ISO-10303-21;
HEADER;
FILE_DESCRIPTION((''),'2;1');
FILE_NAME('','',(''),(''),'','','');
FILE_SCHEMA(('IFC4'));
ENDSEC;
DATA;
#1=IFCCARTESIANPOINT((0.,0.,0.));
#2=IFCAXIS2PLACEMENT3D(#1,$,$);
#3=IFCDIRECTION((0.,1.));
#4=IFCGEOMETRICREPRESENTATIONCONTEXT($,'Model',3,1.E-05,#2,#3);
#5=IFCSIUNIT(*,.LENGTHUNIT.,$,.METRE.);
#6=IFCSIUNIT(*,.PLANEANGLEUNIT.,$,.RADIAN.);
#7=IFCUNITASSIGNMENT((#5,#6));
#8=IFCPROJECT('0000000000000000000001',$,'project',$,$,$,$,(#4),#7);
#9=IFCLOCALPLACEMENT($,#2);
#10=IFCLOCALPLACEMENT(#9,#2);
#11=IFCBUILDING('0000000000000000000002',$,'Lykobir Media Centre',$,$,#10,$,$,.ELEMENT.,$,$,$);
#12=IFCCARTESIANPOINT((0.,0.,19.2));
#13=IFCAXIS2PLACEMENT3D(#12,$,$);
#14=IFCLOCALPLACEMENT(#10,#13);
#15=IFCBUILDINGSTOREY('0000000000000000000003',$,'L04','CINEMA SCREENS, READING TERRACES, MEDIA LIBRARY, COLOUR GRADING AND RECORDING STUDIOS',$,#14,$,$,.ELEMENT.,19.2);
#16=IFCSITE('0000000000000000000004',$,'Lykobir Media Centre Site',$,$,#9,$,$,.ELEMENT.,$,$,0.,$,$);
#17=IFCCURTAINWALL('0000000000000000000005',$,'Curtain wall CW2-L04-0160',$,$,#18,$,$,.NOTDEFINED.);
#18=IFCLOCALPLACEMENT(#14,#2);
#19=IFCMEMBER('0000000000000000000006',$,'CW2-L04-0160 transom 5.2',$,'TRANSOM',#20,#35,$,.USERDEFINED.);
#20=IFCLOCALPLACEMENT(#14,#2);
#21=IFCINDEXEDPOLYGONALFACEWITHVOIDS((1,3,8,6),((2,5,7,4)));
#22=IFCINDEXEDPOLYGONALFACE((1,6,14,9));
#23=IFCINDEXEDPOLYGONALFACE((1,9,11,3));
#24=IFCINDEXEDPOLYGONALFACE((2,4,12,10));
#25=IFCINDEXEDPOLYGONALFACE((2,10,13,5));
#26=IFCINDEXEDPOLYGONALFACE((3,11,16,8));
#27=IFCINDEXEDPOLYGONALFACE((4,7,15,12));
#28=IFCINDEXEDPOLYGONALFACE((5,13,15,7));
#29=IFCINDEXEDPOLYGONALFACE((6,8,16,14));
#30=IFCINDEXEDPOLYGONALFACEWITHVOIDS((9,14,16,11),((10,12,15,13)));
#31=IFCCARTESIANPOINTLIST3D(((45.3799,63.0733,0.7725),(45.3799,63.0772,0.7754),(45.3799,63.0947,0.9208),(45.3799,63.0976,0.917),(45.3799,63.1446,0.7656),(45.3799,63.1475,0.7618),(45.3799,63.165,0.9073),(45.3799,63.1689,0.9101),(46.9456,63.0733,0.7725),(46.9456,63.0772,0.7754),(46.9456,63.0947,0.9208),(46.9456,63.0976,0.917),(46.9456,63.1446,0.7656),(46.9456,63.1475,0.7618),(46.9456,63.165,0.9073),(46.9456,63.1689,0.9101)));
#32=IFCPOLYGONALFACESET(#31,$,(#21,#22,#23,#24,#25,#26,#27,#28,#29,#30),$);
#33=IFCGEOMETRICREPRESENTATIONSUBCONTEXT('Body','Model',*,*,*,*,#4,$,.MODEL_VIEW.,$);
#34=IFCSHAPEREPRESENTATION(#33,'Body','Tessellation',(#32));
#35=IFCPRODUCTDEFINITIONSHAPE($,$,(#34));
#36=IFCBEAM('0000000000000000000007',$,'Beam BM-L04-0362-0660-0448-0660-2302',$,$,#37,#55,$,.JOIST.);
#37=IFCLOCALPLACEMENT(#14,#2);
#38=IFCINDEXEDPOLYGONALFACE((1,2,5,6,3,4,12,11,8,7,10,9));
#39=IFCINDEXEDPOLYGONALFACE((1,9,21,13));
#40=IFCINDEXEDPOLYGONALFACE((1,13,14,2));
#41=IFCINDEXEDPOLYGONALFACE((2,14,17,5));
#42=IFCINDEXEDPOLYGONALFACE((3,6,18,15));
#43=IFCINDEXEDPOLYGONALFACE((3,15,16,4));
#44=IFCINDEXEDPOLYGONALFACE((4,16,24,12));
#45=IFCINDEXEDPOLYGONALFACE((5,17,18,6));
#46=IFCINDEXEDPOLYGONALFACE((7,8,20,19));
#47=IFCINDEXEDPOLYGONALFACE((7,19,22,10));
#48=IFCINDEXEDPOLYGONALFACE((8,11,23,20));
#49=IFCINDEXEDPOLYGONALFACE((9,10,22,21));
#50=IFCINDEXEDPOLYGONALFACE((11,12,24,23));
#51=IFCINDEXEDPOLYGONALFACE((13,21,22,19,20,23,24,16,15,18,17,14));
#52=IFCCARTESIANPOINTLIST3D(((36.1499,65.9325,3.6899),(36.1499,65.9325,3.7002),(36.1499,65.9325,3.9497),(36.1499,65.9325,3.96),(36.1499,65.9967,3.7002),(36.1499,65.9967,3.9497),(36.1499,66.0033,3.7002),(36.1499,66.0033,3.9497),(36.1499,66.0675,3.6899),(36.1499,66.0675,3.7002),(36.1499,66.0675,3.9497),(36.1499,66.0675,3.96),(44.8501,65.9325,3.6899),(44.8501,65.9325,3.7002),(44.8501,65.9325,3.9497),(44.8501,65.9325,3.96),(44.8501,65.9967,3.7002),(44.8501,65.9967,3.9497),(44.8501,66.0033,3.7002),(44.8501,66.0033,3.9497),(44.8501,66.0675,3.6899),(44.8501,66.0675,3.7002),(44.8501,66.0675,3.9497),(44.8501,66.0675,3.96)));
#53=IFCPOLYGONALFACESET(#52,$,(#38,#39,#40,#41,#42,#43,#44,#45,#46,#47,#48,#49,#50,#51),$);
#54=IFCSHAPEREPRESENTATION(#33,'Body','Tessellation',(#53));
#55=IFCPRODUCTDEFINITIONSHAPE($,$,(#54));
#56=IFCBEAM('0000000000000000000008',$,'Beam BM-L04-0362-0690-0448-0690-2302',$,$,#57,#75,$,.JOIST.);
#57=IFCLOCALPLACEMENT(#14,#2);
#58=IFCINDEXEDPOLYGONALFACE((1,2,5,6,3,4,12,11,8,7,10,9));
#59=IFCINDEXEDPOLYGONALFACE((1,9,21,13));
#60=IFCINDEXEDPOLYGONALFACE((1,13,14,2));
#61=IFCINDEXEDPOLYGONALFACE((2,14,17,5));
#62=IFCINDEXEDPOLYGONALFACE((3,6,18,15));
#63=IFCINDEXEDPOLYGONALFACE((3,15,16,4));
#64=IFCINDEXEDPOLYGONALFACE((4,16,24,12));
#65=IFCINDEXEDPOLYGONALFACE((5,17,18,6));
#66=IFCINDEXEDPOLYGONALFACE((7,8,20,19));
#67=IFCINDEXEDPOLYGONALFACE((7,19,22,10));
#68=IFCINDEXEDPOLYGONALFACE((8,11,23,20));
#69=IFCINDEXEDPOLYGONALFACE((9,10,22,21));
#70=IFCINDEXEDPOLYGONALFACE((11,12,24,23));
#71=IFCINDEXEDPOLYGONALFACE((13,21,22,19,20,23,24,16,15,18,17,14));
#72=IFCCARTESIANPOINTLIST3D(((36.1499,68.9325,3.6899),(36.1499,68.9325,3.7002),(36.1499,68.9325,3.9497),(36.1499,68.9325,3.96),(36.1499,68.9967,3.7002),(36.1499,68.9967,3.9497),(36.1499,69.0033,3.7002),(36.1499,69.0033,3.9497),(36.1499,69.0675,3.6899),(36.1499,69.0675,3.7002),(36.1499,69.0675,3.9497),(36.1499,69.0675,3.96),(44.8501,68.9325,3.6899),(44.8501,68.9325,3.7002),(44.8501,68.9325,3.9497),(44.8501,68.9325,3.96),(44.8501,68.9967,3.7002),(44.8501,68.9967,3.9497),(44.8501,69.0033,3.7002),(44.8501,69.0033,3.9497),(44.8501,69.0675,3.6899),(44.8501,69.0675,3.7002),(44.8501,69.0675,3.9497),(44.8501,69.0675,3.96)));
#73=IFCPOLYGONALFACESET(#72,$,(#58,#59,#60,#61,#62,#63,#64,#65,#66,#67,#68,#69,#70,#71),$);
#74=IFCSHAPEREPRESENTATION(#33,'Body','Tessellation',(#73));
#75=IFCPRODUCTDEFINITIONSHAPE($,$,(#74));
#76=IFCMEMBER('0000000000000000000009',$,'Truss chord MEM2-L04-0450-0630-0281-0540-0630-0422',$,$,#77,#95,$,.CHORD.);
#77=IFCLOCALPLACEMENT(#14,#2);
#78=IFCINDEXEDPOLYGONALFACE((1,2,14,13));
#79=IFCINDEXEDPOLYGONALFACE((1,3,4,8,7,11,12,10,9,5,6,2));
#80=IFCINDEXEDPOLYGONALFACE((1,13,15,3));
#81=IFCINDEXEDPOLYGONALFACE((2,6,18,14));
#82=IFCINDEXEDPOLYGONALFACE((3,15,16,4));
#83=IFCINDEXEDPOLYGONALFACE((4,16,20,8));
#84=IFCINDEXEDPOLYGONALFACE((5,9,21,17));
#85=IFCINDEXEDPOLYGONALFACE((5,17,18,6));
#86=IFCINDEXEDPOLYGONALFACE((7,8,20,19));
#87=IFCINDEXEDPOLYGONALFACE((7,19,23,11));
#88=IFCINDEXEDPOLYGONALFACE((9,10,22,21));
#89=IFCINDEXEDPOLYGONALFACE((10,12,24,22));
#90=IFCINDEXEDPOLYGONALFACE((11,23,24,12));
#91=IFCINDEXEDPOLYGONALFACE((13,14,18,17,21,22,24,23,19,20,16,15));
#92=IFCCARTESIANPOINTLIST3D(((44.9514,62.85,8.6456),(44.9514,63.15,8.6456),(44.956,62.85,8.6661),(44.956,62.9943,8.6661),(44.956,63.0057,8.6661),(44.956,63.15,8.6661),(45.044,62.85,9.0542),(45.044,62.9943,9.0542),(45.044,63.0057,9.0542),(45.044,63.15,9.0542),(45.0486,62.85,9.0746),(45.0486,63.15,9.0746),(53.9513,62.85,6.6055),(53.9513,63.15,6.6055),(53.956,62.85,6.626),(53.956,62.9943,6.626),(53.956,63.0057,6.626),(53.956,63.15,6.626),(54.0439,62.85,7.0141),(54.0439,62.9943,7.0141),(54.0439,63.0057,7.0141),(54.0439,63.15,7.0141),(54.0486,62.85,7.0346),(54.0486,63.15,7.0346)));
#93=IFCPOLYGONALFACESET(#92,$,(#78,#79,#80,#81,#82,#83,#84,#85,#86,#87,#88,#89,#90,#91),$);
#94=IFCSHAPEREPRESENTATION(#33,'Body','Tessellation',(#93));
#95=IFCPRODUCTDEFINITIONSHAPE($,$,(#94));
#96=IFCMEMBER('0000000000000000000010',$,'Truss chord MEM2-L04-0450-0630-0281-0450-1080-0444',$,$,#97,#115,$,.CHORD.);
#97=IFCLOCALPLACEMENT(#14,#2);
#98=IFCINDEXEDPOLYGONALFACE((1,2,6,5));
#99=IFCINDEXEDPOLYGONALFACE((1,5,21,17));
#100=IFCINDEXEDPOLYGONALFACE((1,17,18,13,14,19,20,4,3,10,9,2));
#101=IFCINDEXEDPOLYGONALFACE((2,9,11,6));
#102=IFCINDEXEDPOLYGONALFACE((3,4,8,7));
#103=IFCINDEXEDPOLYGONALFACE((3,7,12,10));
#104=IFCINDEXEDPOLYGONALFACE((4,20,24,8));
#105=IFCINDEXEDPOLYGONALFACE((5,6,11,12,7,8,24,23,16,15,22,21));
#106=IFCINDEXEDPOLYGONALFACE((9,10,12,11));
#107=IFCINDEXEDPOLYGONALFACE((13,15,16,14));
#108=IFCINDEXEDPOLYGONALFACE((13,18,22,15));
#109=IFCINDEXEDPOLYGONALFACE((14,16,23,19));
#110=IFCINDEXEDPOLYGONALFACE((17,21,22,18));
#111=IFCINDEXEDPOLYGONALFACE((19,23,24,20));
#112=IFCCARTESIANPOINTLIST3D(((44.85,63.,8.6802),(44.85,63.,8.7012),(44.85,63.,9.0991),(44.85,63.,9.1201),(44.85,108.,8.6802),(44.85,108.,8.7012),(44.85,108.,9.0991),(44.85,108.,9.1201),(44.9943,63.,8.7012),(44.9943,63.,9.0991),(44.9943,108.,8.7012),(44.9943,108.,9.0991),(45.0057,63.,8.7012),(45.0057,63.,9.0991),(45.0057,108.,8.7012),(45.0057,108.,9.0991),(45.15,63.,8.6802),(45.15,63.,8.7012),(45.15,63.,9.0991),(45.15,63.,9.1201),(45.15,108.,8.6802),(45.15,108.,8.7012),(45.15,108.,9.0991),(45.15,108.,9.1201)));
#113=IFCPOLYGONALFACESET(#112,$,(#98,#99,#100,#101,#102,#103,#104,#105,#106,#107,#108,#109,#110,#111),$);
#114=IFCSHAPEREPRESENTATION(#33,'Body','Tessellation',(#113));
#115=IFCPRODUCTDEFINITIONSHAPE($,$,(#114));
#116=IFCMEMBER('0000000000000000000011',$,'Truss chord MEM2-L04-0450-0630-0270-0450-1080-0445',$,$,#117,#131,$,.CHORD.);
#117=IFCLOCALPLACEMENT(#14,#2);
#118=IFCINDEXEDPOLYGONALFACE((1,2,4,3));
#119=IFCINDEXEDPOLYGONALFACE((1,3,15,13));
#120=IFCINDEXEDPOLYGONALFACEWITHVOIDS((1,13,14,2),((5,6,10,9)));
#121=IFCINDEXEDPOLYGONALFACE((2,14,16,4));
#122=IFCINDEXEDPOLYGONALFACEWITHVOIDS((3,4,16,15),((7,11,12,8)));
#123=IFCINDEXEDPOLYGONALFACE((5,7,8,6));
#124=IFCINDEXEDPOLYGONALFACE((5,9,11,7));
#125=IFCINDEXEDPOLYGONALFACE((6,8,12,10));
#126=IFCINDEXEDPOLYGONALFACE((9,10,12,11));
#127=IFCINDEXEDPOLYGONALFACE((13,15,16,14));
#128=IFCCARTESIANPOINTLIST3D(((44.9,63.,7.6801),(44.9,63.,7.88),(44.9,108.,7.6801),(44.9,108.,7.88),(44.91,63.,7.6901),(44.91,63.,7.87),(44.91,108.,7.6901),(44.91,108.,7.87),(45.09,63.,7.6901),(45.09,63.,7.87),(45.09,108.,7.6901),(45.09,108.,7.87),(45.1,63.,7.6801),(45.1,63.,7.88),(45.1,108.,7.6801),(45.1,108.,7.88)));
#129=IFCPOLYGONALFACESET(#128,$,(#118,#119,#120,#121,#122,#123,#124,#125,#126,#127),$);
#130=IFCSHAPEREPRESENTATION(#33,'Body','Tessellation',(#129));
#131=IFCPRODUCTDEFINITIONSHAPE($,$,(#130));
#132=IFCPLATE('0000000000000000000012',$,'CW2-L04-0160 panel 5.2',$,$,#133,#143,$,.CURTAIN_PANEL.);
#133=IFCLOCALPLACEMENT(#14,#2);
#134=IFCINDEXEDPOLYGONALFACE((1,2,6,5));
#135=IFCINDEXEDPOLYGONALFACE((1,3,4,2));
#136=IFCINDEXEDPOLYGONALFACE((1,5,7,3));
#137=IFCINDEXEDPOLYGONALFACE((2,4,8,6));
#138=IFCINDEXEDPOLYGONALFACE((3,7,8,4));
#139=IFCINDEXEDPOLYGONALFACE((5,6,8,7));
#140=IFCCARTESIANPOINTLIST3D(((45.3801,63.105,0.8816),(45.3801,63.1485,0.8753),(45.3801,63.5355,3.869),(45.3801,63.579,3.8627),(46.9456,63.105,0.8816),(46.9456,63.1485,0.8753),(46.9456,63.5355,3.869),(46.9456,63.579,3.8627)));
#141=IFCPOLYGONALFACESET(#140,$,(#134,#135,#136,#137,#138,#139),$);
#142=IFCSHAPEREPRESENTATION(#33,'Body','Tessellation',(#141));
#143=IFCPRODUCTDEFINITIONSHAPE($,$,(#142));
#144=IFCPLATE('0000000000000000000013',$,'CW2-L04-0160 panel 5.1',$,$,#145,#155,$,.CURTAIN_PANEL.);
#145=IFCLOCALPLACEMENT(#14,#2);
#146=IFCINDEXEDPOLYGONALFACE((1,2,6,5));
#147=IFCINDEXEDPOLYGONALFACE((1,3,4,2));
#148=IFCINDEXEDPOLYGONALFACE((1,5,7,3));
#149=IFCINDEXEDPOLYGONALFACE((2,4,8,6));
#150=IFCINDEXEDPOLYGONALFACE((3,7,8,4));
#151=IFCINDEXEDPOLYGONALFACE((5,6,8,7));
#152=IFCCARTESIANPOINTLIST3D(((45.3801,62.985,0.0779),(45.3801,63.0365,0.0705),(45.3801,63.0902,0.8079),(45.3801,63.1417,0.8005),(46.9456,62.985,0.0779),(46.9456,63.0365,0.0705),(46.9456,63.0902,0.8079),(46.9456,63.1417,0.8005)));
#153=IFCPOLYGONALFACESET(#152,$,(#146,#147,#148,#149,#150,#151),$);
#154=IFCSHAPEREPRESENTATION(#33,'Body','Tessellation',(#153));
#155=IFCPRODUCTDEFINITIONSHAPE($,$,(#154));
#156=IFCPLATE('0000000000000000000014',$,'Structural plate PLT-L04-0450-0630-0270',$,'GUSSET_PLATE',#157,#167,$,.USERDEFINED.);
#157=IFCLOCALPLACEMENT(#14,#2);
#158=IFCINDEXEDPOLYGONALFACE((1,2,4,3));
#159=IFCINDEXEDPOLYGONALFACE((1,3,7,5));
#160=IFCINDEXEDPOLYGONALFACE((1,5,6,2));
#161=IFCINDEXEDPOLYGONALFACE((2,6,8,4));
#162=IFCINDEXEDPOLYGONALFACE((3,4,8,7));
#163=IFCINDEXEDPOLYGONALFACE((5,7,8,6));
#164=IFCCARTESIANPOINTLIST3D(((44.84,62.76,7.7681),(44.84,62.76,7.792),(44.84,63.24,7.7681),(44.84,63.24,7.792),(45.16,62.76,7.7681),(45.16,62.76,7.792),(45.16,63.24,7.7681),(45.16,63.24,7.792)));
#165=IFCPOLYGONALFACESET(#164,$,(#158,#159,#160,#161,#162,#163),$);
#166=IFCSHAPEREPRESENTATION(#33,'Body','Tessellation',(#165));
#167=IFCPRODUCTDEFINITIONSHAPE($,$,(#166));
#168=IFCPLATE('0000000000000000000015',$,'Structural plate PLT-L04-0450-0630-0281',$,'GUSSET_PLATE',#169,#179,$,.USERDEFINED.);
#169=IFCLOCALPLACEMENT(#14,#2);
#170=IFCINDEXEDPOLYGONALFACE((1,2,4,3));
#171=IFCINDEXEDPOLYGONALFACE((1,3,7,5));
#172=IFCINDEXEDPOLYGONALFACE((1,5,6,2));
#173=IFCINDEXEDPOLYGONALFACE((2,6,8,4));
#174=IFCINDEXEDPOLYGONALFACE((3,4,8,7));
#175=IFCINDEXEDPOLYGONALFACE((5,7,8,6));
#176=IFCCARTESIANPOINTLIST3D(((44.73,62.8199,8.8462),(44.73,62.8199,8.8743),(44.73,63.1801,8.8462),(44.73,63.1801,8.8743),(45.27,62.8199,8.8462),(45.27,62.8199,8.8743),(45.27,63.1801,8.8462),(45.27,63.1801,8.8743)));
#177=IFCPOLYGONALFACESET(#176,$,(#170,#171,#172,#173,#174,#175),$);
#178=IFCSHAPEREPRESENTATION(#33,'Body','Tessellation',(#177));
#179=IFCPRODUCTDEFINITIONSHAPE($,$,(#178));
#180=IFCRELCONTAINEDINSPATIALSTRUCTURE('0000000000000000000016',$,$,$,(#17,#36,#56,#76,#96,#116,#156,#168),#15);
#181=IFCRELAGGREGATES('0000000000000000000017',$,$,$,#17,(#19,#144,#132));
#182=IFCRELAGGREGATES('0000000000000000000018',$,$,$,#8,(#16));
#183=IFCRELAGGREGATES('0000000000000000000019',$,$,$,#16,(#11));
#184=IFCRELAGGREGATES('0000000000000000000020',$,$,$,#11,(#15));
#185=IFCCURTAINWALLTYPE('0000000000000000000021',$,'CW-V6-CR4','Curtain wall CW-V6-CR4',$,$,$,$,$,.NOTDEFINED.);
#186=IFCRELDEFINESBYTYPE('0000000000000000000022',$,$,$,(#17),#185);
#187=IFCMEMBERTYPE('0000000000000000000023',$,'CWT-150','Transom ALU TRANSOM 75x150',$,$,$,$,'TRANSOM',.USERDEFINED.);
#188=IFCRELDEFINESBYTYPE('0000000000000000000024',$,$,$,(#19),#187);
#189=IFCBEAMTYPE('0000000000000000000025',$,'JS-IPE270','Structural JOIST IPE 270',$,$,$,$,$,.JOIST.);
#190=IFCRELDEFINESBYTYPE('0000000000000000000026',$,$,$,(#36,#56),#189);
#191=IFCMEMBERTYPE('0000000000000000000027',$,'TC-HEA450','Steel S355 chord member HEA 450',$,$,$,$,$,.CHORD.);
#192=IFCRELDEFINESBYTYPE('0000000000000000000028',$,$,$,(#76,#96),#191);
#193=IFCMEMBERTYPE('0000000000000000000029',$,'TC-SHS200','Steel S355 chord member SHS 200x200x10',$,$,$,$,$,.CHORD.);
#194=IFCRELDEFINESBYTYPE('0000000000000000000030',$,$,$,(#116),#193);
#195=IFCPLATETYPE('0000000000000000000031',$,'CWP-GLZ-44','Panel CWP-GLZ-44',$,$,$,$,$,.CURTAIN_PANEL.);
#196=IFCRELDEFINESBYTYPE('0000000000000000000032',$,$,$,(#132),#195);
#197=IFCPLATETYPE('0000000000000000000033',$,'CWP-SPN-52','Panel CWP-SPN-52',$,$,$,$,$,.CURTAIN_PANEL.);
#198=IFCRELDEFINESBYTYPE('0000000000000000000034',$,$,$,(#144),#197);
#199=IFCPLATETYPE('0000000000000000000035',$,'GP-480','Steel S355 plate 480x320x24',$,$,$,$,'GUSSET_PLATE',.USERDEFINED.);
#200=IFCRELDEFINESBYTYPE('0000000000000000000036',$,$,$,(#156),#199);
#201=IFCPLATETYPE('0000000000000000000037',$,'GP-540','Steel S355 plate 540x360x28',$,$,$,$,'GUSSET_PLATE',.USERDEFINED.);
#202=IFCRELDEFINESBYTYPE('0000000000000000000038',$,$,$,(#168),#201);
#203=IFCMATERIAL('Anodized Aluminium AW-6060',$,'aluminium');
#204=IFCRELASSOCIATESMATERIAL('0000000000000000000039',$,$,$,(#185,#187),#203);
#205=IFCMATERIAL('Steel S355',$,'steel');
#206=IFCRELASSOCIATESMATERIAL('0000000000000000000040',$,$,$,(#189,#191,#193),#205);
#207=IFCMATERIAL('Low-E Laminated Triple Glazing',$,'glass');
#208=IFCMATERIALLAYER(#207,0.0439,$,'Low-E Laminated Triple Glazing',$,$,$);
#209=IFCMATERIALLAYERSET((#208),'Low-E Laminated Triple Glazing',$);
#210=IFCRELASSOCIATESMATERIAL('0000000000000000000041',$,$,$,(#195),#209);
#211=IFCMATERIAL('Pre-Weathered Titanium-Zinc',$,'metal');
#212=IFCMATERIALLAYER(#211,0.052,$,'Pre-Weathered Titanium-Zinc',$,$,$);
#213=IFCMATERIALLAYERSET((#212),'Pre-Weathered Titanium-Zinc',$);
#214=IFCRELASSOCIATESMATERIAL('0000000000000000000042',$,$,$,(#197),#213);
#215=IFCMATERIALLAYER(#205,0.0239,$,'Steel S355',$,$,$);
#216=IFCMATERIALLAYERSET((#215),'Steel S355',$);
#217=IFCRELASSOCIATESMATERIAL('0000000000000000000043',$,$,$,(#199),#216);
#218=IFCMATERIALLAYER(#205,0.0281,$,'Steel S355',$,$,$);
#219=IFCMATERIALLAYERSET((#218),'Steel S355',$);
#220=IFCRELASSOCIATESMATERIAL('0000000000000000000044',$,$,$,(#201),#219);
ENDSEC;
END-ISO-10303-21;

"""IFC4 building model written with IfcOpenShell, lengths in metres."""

from ifc_helpers import new_model, si_unit, direction, frame, origin, origin_2d, place, context, subcontext, project, spatial, rectangle, hollow_rectangle, i_section, extrude, material, layer, layer_set, material_profile, profile_set, type_object, element, aggregate, save


model = new_model("IFC4")

# Units and contexts
model_context = context("Model", 3, precision=1e-05, world=origin(), true_north=direction((0.0, 1.0)))
body_context = subcontext(model_context, "Body", "Model", "MODEL_VIEW")
ifc_project = project(units=[si_unit("LENGTHUNIT", "METRE"), si_unit("PLANEANGLEUNIT", "RADIAN")], contexts=[model_context])

# Site, building, storey
site_placement = place(None, origin())
site = spatial("IfcSite", under=ifc_project, at=site_placement, Name="Lykobir Media Centre Site", CompositionType="ELEMENT", RefElevation=0.0)
building_placement = place(site_placement, origin())
building = spatial("IfcBuilding", under=site, at=building_placement, Name="Lykobir Media Centre", CompositionType="ELEMENT")
storey_placement = place(building_placement, frame((0.0, 0.0, 19.2)))
storey = spatial("IfcBuildingStorey", under=building, at=storey_placement, Name="L04", Description="CINEMA SCREENS, READING TERRACES, MEDIA LIBRARY, COLOUR GRADING AND RECORDING STUDIOS", CompositionType="ELEMENT", Elevation=19.2)

# Shared definitions
ifc_material_1 = material(Name="Steel S355", Category="steel")

# Curtain wall, member
ifc_material_2 = material(Name="Anodized Aluminium AW-6060", Category="aluminium")
curtain_wall_type = type_object("IfcCurtainWallType", Name="CW-V6-CR4", Description="Curtain wall CW-V6-CR4", PredefinedType="NOTDEFINED", material=ifc_material_2)
curtain_wall_placement = place(storey_placement, origin())
curtain_wall = element("IfcCurtainWall", 1, at=curtain_wall_placement, inside=storey, type_object=curtain_wall_type, Name="Curtain wall CW2-L04-0160", PredefinedType="NOTDEFINED")
ifc_material_profile_1 = material_profile(ifc_material_2, hollow_rectangle(XDim=0.075, YDim=0.1499, WallThickness=0.0034, at=origin_2d()), Name="ALU TRANSOM 75x150")
ifc_profile_set_1 = profile_set([ifc_material_profile_1], Name="Anodized Aluminium AW-6060")
member_type_1 = type_object("IfcMemberType", Name="CWT-150", Description="Transom ALU TRANSOM 75x150", ElementType="TRANSOM", PredefinedType="USERDEFINED", material=ifc_profile_set_1)
member_1_placement = place(storey_placement, frame((46.9456, 63.1211, 0.8413), z_axis=(-1.0, 0.0, 0.0), x_axis=(0.0, -0.989776, 0.142629)))
member_1 = element("IfcMember", 2, at=member_1_placement, type_object=member_type_1, Name="CW2-L04-0160 transom 5.2", ObjectType="TRANSOM", PredefinedType="USERDEFINED", context=body_context, shape_type="SweptSolid", body=[
    extrude(hollow_rectangle(XDim=0.075, YDim=0.1499, WallThickness=0.0034, at=origin_2d()), origin(), (0.0, 0.0, 1.0), 1.5657),
])

# Beams
ifc_material_profile_2 = material_profile(ifc_material_1, i_section(OverallWidth=0.135, OverallDepth=0.27, WebThickness=0.0066, FlangeThickness=0.0103, at=origin_2d()), Name="IPE 270")
ifc_profile_set_2 = profile_set([ifc_material_profile_2], Name="Steel S355")
beam_type_1 = type_object("IfcBeamType", Name="JS-IPE270", Description="Structural JOIST IPE 270", PredefinedType="JOIST", material=ifc_profile_set_2)
for number, where, z_axis, x_axis, name in (
    (3, (36.1499, 66.0, 3.825), (1.0, 0.0, 0.0), (0.0, 1.0, 0.0), "Beam BM-L04-0362-0660-0448-0660-2302"),
    (4, (36.1499, 69.0, 3.825), (1.0, 0.0, 0.0), (0.0, 1.0, 0.0), "Beam BM-L04-0362-0690-0448-0690-2302"),
):
    element("IfcBeam", number, at=place(storey_placement, frame(where, z_axis=z_axis, x_axis=x_axis)), inside=storey, type_object=beam_type_1, Name=name, PredefinedType="JOIST", context=body_context, shape_type="SweptSolid", body=[
        extrude(i_section(OverallWidth=0.135, OverallDepth=0.27, WebThickness=0.0066, FlangeThickness=0.0103, at=origin_2d()), origin(), (0.0, 0.0, 1.0), 8.7002),
    ])

# Members
ifc_material_profile_3 = material_profile(ifc_material_1, i_section(OverallWidth=0.3, OverallDepth=0.4399, WebThickness=0.0115, FlangeThickness=0.021, at=origin_2d()), Name="HEA 450")
ifc_profile_set_3 = profile_set([ifc_material_profile_3], Name="Steel S355")
member_type_2 = type_object("IfcMemberType", Name="TC-HEA450", Description="Steel S355 chord member HEA 450", PredefinedType="CHORD", material=ifc_profile_set_3)
member_2_placement = place(storey_placement, frame((45.0, 63.0, 8.8601), z_axis=(0.97526, 0.0, -0.221063), x_axis=(0.0, 1.0, 0.0)))
element("IfcMember", 5, at=member_2_placement, inside=storey, type_object=member_type_2, Name="Truss chord MEM2-L04-0450-0630-0281-0540-0630-0422", PredefinedType="CHORD", context=body_context, shape_type="SweptSolid", body=[
    extrude(i_section(OverallWidth=0.3, OverallDepth=0.4399, WebThickness=0.0115, FlangeThickness=0.021, at=origin_2d()), origin(), (0.0, 0.0, 1.0), 9.2283),
])
member_3_placement = place(storey_placement, frame((45.0, 63.0, 8.9001), z_axis=(0.0, 1.0, 0.0), x_axis=(-1.0, 0.0, 0.0)))
element("IfcMember", 6, at=member_3_placement, inside=storey, type_object=member_type_2, Name="Truss chord MEM2-L04-0450-0630-0281-0450-1080-0444", PredefinedType="CHORD", context=body_context, shape_type="SweptSolid", body=[
    extrude(i_section(OverallWidth=0.3, OverallDepth=0.4399, WebThickness=0.0115, FlangeThickness=0.021, at=origin_2d()), origin(), (0.0, 0.0, 1.0), 45.0),
])
ifc_material_profile_4 = material_profile(ifc_material_1, hollow_rectangle(XDim=0.2, YDim=0.2, WallThickness=0.01, at=origin_2d()), Name="SHS 200x200x10")
ifc_profile_set_4 = profile_set([ifc_material_profile_4], Name="Steel S355")
member_type_3 = type_object("IfcMemberType", Name="TC-SHS200", Description="Steel S355 chord member SHS 200x200x10", PredefinedType="CHORD", material=ifc_profile_set_4)
member_4_placement = place(storey_placement, frame((45.0, 63.0, 7.78), z_axis=(0.0, 1.0, 0.0), x_axis=(-1.0, 0.0, 0.0)))
element("IfcMember", 7, at=member_4_placement, inside=storey, type_object=member_type_3, Name="Truss chord MEM2-L04-0450-0630-0270-0450-1080-0445", PredefinedType="CHORD", context=body_context, shape_type="SweptSolid", body=[
    extrude(hollow_rectangle(XDim=0.2, YDim=0.2, WallThickness=0.01, at=origin_2d()), origin(), (0.0, 0.0, 1.0), 45.0),
])

# Plates
ifc_material_3 = material(Name="Low-E Laminated Triple Glazing", Category="glass")
ifc_layer_1 = layer(ifc_material_3, 0.0439, Name="Low-E Laminated Triple Glazing")
ifc_layer_set_1 = layer_set([ifc_layer_1], Name="Low-E Laminated Triple Glazing")
plate_type_1 = type_object("IfcPlateType", Name="CWP-GLZ-44", Description="Panel CWP-GLZ-44", PredefinedType="CURTAIN_PANEL", material=ifc_layer_set_1)
plate_1_placement = place(storey_placement, frame((46.1628, 63.1267, 0.8784), z_axis=(0.0, 0.142629, 0.989776), x_axis=(-1.0, 0.0, 0.0)))
plate_1 = element("IfcPlate", 8, at=plate_1_placement, type_object=plate_type_1, Name="CW2-L04-0160 panel 5.2", PredefinedType="CURTAIN_PANEL", context=body_context, shape_type="SweptSolid", body=[
    extrude(rectangle(XDim=1.5654, YDim=0.0439, at=origin_2d()), origin(), (0.0, 0.0, 1.0), 3.0183),
])
ifc_material_4 = material(Name="Pre-Weathered Titanium-Zinc", Category="metal")
ifc_layer_2 = layer(ifc_material_4, 0.052, Name="Pre-Weathered Titanium-Zinc")
ifc_layer_set_2 = layer_set([ifc_layer_2], Name="Pre-Weathered Titanium-Zinc")
plate_type_2 = type_object("IfcPlateType", Name="CWP-SPN-52", Description="Panel CWP-SPN-52", PredefinedType="CURTAIN_PANEL", material=ifc_layer_set_2)
plate_2_placement = place(storey_placement, frame((46.1628, 63.0107, 0.0742), z_axis=(0.0, 0.142629, 0.989776), x_axis=(-1.0, 0.0, 0.0)))
plate_2 = element("IfcPlate", 9, at=plate_2_placement, type_object=plate_type_2, Name="CW2-L04-0160 panel 5.1", PredefinedType="CURTAIN_PANEL", context=body_context, shape_type="SweptSolid", body=[
    extrude(rectangle(XDim=1.5654, YDim=0.052, at=origin_2d()), origin(), (0.0, 0.0, 1.0), 0.7375),
])
aggregate(curtain_wall, [member_1, plate_2, plate_1])

# Plates
ifc_layer_3 = layer(ifc_material_1, 0.0239, Name="Steel S355")
ifc_layer_set_3 = layer_set([ifc_layer_3], Name="Steel S355")
plate_type_3 = type_object("IfcPlateType", Name="GP-480", Description="Steel S355 plate 480x320x24", ElementType="GUSSET_PLATE", PredefinedType="USERDEFINED", material=ifc_layer_set_3)
plate_3_placement = place(storey_placement, frame((45.0, 63.0, 7.7681), z_axis=(0.0, 0.0, 1.0), x_axis=(0.0, 1.0, 0.0)))
element("IfcPlate", 10, at=plate_3_placement, inside=storey, type_object=plate_type_3, Name="Structural plate PLT-L04-0450-0630-0270", ObjectType="GUSSET_PLATE", PredefinedType="USERDEFINED", context=body_context, shape_type="SweptSolid", body=[
    extrude(rectangle(XDim=0.48, YDim=0.3201, at=origin_2d()), origin(), (0.0, 0.0, 1.0), 0.0239),
])
ifc_layer_4 = layer(ifc_material_1, 0.0281, Name="Steel S355")
ifc_layer_set_4 = layer_set([ifc_layer_4], Name="Steel S355")
plate_type_4 = type_object("IfcPlateType", Name="GP-540", Description="Steel S355 plate 540x360x28", ElementType="GUSSET_PLATE", PredefinedType="USERDEFINED", material=ifc_layer_set_4)
plate_4_placement = place(storey_placement, frame((45.0, 63.0, 8.8462), z_axis=(0.0, 0.0, 1.0), x_axis=(1.0, 0.0, 0.0)))
element("IfcPlate", 11, at=plate_4_placement, inside=storey, type_object=plate_type_4, Name="Structural plate PLT-L04-0450-0630-0281", ObjectType="GUSSET_PLATE", PredefinedType="USERDEFINED", context=body_context, shape_type="SweptSolid", body=[
    extrude(rectangle(XDim=0.54, YDim=0.3601, at=origin_2d()), origin(), (0.0, 0.0, 1.0), 0.0281),
])

save(model, "model.ifc")
